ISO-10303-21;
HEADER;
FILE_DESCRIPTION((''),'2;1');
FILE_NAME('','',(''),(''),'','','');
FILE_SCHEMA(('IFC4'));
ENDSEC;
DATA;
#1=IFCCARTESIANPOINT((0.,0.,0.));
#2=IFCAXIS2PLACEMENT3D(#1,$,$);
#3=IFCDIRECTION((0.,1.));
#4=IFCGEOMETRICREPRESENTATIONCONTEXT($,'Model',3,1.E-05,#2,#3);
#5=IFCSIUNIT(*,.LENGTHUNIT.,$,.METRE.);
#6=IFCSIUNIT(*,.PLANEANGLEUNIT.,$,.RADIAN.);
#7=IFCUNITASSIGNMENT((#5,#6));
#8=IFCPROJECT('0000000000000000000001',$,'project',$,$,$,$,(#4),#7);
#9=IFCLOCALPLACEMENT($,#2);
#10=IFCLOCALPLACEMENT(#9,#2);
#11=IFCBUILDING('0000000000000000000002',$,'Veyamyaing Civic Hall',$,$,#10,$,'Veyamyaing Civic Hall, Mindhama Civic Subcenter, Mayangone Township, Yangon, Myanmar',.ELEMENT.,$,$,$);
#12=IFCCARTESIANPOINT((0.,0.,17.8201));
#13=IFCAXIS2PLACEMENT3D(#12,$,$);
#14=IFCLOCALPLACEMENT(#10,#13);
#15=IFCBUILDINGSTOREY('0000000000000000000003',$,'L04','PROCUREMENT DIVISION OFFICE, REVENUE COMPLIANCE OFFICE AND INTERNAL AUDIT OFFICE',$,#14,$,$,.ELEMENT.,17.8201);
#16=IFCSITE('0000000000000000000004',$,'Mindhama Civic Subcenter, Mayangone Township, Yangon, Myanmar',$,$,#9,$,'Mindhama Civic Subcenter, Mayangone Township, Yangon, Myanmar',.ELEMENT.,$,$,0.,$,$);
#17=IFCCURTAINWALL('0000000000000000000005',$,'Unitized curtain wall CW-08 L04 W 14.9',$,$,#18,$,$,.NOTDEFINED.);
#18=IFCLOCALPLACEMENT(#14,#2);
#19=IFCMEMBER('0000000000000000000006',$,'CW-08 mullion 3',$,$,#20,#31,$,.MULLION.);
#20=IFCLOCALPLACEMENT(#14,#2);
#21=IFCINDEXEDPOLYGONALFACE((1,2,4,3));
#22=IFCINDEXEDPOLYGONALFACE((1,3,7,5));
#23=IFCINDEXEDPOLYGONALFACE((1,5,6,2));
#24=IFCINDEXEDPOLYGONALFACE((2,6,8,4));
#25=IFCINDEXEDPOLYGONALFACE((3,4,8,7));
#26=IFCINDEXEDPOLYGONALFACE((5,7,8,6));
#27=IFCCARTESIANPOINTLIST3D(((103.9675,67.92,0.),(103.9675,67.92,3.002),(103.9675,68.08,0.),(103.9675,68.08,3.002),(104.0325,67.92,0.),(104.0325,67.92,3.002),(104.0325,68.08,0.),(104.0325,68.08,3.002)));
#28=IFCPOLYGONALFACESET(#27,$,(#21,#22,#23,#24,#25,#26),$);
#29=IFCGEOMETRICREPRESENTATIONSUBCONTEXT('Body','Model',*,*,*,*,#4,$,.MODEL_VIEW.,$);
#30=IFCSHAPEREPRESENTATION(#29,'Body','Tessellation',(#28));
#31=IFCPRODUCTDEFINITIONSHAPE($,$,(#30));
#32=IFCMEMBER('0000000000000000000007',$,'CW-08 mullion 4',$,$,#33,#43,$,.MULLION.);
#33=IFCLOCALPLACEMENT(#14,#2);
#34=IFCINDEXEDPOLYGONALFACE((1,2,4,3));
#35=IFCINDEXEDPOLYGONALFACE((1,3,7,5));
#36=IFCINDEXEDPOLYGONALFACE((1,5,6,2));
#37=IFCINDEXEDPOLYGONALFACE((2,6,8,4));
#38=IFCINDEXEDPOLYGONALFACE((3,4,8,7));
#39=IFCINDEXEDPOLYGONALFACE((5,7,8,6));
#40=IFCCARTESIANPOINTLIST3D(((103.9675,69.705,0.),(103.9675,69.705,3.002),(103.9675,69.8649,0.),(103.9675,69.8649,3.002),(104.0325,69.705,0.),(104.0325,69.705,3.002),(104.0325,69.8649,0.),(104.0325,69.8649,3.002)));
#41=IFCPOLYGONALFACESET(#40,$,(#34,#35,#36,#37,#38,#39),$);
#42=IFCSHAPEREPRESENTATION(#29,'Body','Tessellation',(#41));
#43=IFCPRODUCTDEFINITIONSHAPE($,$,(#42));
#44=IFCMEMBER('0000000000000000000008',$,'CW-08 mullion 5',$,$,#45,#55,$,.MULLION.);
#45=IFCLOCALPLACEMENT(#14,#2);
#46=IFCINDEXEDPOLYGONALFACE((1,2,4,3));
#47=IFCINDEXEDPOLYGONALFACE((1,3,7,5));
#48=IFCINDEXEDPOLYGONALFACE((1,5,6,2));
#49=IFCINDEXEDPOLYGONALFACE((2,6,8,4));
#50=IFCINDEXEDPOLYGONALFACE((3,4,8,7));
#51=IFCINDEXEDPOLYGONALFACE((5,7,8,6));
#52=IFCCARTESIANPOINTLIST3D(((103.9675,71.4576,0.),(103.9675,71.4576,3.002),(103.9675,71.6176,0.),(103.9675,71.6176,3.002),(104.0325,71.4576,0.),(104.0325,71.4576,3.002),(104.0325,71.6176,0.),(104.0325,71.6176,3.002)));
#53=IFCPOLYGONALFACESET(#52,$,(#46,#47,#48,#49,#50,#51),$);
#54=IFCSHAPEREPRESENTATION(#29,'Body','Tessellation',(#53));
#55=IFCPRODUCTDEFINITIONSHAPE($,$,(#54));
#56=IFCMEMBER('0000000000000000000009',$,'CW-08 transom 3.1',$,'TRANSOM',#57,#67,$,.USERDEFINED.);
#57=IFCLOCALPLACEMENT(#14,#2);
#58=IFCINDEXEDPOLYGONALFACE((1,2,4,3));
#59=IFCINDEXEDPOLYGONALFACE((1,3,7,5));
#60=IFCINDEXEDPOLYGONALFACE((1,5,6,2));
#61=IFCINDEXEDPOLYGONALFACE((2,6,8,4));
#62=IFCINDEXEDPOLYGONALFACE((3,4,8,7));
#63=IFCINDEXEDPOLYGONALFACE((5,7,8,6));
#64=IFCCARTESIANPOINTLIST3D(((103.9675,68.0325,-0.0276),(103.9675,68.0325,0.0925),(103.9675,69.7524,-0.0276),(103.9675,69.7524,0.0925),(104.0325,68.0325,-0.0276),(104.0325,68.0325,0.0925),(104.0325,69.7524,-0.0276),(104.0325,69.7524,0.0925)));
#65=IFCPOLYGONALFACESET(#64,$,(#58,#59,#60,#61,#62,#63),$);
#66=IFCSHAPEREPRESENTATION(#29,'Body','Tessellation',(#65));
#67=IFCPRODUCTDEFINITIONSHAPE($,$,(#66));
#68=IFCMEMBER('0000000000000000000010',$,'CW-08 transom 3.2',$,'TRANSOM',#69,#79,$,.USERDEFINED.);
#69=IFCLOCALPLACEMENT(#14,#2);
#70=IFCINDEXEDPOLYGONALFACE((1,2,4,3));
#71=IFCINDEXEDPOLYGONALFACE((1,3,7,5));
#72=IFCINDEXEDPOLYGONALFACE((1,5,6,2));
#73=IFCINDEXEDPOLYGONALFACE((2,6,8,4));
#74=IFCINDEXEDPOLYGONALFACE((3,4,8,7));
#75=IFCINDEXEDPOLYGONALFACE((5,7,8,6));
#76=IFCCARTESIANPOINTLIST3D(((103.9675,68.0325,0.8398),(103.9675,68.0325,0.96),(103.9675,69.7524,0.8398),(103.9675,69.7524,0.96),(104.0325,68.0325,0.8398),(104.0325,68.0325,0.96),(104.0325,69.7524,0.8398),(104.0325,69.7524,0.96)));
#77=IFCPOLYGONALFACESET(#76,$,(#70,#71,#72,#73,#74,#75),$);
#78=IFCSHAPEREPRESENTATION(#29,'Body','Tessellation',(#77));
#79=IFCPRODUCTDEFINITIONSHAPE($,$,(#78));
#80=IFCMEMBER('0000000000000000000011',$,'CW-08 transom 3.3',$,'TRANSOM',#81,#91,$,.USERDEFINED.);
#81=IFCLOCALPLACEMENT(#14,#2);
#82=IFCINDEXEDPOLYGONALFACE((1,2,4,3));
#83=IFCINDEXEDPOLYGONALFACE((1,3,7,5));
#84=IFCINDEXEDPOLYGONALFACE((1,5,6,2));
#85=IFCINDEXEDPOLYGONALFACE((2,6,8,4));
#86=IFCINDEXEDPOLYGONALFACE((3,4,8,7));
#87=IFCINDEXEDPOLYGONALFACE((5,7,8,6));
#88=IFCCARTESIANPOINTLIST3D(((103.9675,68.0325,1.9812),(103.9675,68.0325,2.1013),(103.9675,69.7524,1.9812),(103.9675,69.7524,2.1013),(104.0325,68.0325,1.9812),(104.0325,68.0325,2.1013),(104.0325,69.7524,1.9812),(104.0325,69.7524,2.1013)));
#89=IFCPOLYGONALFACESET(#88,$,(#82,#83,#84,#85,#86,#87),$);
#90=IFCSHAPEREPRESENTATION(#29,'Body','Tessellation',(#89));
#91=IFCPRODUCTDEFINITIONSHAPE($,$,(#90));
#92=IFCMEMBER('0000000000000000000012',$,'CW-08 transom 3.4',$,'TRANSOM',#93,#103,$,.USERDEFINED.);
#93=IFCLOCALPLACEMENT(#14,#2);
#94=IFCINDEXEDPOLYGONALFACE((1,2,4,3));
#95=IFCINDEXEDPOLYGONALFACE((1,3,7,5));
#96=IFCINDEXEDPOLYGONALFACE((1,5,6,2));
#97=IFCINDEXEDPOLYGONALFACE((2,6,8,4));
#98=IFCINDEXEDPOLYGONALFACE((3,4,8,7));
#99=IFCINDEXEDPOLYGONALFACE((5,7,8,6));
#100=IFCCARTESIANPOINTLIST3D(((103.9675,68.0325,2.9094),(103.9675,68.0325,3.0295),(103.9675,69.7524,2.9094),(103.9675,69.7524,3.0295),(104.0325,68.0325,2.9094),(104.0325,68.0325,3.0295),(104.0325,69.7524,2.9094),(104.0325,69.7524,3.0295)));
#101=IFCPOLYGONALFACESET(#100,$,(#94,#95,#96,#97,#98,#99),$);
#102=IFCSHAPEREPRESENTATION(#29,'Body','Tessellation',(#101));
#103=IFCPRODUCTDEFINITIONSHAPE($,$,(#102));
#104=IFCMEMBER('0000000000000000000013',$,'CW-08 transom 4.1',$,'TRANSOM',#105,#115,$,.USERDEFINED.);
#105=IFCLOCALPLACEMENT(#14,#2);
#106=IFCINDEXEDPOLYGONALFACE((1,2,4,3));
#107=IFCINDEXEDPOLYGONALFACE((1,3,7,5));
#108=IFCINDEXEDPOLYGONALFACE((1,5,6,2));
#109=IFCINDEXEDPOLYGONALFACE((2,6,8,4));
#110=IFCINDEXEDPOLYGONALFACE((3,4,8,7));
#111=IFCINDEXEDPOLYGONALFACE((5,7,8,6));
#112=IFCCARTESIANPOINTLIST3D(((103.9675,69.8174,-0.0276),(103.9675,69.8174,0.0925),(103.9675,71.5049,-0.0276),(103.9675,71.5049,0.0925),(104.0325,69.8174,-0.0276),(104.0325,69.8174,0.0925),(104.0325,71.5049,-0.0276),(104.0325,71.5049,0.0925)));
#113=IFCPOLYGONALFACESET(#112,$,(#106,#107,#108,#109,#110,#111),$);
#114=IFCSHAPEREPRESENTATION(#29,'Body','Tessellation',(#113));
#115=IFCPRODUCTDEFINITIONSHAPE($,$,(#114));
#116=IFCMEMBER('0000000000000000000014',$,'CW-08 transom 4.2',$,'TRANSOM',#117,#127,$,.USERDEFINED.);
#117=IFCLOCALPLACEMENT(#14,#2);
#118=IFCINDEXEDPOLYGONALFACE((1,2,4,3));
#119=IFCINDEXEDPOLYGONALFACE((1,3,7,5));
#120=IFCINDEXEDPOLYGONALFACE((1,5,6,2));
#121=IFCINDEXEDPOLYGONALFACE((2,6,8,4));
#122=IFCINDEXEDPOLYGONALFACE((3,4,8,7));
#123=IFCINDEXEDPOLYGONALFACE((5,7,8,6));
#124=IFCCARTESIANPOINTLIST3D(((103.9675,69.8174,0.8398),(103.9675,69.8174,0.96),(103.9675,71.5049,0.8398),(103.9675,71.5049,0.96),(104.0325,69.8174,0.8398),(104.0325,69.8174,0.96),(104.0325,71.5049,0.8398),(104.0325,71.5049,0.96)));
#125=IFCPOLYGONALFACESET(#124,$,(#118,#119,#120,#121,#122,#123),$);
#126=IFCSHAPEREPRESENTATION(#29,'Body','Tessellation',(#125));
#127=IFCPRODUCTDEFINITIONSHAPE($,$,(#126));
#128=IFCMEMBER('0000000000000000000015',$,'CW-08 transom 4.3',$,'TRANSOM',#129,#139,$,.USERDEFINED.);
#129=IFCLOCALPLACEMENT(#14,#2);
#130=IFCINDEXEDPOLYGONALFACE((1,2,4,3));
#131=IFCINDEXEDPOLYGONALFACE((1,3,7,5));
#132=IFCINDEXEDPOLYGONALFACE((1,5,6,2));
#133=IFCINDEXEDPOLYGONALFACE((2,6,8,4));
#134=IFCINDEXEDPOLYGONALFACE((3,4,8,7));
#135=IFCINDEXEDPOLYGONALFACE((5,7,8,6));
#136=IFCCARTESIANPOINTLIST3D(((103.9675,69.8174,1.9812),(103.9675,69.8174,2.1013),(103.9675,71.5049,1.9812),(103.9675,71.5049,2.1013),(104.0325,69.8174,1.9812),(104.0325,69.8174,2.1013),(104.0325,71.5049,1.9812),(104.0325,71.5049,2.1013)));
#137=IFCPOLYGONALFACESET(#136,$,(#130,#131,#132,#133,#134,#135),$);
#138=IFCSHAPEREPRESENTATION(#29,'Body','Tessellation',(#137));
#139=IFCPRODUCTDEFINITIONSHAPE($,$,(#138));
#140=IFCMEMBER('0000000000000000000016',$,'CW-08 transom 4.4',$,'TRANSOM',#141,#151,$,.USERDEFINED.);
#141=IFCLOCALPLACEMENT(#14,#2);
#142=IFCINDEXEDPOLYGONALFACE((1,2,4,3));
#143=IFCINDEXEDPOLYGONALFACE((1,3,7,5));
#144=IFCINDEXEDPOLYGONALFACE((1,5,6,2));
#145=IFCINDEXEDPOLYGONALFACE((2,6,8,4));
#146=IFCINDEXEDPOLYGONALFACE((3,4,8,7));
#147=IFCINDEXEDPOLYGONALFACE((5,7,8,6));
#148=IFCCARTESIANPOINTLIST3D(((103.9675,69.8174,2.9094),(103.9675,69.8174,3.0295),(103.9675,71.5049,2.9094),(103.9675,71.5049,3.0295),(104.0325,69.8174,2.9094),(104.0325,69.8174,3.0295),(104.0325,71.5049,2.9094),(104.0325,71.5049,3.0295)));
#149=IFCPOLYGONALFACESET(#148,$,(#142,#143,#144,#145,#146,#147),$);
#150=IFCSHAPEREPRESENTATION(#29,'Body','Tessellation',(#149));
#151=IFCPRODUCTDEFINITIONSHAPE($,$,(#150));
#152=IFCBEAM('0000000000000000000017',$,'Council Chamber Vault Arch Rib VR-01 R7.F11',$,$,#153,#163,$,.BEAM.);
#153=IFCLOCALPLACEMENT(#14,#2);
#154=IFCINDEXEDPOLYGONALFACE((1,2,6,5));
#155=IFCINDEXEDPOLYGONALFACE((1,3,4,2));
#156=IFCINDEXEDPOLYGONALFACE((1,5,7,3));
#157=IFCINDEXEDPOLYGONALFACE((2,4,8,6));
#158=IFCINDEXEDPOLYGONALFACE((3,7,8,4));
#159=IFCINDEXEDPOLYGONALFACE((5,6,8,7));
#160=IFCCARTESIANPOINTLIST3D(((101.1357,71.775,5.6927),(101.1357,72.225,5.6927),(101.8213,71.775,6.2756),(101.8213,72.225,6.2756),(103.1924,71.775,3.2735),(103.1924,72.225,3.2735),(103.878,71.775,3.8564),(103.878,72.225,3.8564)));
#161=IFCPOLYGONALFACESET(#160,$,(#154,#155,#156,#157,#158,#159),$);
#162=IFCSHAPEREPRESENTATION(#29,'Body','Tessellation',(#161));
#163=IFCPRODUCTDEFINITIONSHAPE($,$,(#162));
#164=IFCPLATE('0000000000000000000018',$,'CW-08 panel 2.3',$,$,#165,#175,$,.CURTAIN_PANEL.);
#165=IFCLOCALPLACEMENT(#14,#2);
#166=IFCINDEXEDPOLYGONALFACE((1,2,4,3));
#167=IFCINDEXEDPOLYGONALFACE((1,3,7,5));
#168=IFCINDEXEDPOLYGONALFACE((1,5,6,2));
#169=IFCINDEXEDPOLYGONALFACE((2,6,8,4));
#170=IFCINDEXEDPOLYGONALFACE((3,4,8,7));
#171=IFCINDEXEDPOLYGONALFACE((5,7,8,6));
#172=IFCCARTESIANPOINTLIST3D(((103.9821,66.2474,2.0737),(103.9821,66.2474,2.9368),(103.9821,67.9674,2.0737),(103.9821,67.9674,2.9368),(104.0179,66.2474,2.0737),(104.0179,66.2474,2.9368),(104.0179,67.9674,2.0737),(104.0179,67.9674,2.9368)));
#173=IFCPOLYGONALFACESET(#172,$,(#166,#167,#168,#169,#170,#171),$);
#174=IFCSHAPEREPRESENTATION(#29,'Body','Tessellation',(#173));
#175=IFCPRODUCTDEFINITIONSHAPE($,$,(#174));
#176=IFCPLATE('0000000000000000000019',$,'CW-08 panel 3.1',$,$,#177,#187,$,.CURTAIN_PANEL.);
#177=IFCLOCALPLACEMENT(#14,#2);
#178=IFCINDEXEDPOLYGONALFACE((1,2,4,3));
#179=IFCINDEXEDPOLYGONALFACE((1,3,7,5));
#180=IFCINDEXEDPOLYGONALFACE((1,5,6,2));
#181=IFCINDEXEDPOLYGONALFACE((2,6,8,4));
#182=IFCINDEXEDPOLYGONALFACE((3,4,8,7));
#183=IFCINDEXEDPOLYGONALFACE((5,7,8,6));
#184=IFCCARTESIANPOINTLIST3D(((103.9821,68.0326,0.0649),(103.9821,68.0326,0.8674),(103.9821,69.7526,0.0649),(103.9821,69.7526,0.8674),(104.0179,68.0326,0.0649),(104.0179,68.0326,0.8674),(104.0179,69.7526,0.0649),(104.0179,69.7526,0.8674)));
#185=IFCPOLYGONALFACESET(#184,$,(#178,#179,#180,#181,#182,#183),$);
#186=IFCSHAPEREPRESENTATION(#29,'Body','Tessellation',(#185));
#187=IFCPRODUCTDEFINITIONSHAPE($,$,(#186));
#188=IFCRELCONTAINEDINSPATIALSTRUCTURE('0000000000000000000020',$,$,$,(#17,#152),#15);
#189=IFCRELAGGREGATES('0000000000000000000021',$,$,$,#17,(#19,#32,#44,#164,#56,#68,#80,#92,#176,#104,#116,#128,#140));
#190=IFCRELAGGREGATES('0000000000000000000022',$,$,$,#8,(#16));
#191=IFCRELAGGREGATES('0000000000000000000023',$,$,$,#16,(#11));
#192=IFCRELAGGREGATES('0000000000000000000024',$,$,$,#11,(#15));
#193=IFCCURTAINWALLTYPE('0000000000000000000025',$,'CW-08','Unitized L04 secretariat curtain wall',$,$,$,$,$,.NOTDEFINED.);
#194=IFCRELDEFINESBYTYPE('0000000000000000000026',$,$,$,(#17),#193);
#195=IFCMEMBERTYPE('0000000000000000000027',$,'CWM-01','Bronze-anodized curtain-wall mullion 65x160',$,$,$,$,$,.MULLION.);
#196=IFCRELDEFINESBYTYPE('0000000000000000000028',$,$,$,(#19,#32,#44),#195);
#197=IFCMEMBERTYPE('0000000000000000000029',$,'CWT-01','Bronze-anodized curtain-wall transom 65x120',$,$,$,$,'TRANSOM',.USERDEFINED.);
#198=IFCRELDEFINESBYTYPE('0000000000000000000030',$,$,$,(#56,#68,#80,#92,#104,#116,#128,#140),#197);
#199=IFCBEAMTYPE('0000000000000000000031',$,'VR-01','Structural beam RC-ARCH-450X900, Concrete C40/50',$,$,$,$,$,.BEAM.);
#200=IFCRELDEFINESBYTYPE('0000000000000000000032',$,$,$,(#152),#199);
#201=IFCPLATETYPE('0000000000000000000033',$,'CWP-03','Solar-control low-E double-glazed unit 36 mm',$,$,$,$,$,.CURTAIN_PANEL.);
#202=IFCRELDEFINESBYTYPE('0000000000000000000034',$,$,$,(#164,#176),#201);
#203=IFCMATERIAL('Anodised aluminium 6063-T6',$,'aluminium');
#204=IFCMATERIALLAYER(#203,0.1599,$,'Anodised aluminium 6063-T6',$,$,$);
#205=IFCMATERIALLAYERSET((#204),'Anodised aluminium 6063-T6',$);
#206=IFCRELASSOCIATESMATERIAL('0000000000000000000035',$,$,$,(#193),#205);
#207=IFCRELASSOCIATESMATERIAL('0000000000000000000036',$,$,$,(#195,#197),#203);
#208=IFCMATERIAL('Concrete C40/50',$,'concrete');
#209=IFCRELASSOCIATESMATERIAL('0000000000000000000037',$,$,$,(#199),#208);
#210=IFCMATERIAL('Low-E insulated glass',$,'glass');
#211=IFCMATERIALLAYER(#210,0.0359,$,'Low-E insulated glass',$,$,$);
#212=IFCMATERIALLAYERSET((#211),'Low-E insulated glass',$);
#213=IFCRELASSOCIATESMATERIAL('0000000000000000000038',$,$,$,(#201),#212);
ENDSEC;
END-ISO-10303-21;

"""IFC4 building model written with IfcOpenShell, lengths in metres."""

from ifc_helpers import new_model, si_unit, direction, frame, origin, origin_2d, place, context, subcontext, project, spatial, rectangle, extrude, material, layer, layer_set, material_profile, profile_set, type_object, element, aggregate, save


model = new_model("IFC4")

# Units and contexts
model_context = context("Model", 3, precision=1e-05, world=origin(), true_north=direction((0.0, 1.0)))
body_context = subcontext(model_context, "Body", "Model", "MODEL_VIEW")
ifc_project = project(units=[si_unit("LENGTHUNIT", "METRE"), si_unit("PLANEANGLEUNIT", "RADIAN")], contexts=[model_context])

# Site, building, storey
site_placement = place(None, origin())
site = spatial("IfcSite", under=ifc_project, at=site_placement, Name="Mindhama Civic Subcenter, Mayangone Township, Yangon, Myanmar", LongName="Mindhama Civic Subcenter, Mayangone Township, Yangon, Myanmar", CompositionType="ELEMENT", RefElevation=0.0)
building_placement = place(site_placement, origin())
building = spatial("IfcBuilding", under=site, at=building_placement, Name="Veyamyaing Civic Hall", LongName="Veyamyaing Civic Hall, Mindhama Civic Subcenter, Mayangone Township, Yangon, Myanmar", CompositionType="ELEMENT")
storey_placement = place(building_placement, frame((0.0, 0.0, 17.8201)))
storey = spatial("IfcBuildingStorey", under=building, at=storey_placement, Name="L04", Description="PROCUREMENT DIVISION OFFICE, REVENUE COMPLIANCE OFFICE AND INTERNAL AUDIT OFFICE", CompositionType="ELEMENT", Elevation=17.8201)

# Curtain wall, members
ifc_material_1 = material(Name="Anodised aluminium 6063-T6", Category="aluminium")
ifc_layer_1 = layer(ifc_material_1, 0.1599, Name="Anodised aluminium 6063-T6")
ifc_layer_set_1 = layer_set([ifc_layer_1], Name="Anodised aluminium 6063-T6")
curtain_wall_type = type_object("IfcCurtainWallType", Name="CW-08", Description="Unitized L04 secretariat curtain wall", PredefinedType="NOTDEFINED", material=ifc_layer_set_1)
curtain_wall_placement = place(storey_placement, origin())
curtain_wall = element("IfcCurtainWall", 1, at=curtain_wall_placement, inside=storey, type_object=curtain_wall_type, Name="Unitized curtain wall CW-08 L04 W 14.9", PredefinedType="NOTDEFINED")
ifc_material_profile_1 = material_profile(ifc_material_1, rectangle(XDim=0.0649, YDim=0.1599, at=origin_2d()), Name="ALU-MUL-65X160")
ifc_profile_set_1 = profile_set([ifc_material_profile_1], Name="Anodised aluminium 6063-T6")
member_type_1 = type_object("IfcMemberType", Name="CWM-01", Description="Bronze-anodized curtain-wall mullion 65x160", PredefinedType="MULLION", material=ifc_profile_set_1)
member_1_placement = place(storey_placement, frame((104.0, 68.0, 0.0), z_axis=(0.0, 0.0, 1.0), x_axis=(-1.0, 0.0, 0.0)))
member_1 = element("IfcMember", 2, at=member_1_placement, type_object=member_type_1, Name="CW-08 mullion 3", PredefinedType="MULLION", context=body_context, shape_type="SweptSolid", body=[
    extrude(rectangle(XDim=0.0649, YDim=0.1599, at=origin_2d()), origin(), (0.0, 0.0, 1.0), 3.002),
])
member_2_placement = place(storey_placement, frame((104.0, 69.7849, 0.0), z_axis=(0.0, 0.0, 1.0), x_axis=(-1.0, 0.0, 0.0)))
member_2 = element("IfcMember", 3, at=member_2_placement, type_object=member_type_1, Name="CW-08 mullion 4", PredefinedType="MULLION", context=body_context, shape_type="SweptSolid", body=[
    extrude(rectangle(XDim=0.0649, YDim=0.1599, at=origin_2d()), origin(), (0.0, 0.0, 1.0), 3.002),
])
member_3_placement = place(storey_placement, frame((104.0, 71.5376, 0.0), z_axis=(0.0, 0.0, 1.0), x_axis=(-1.0, 0.0, 0.0)))
member_3 = element("IfcMember", 4, at=member_3_placement, type_object=member_type_1, Name="CW-08 mullion 5", PredefinedType="MULLION", context=body_context, shape_type="SweptSolid", body=[
    extrude(rectangle(XDim=0.0649, YDim=0.1599, at=origin_2d()), origin(), (0.0, 0.0, 1.0), 3.002),
])
ifc_material_profile_2 = material_profile(ifc_material_1, rectangle(XDim=0.0649, YDim=0.1201, at=origin_2d()), Name="ALU-TRN-65X120")
ifc_profile_set_2 = profile_set([ifc_material_profile_2], Name="Anodised aluminium 6063-T6")
member_type_2 = type_object("IfcMemberType", Name="CWT-01", Description="Bronze-anodized curtain-wall transom 65x120", ElementType="TRANSOM", PredefinedType="USERDEFINED", material=ifc_profile_set_2)
member_4_placement = place(storey_placement, frame((104.0, 68.0325, 0.0325), z_axis=(0.0, 1.0, 0.0), x_axis=(-1.0, 0.0, 0.0)))
member_4 = element("IfcMember", 5, at=member_4_placement, type_object=member_type_2, Name="CW-08 transom 3.1", ObjectType="TRANSOM", PredefinedType="USERDEFINED", context=body_context, shape_type="SweptSolid", body=[
    extrude(rectangle(XDim=0.0649, YDim=0.1201, at=origin_2d()), origin(), (0.0, 0.0, 1.0), 1.72),
])
member_5_placement = place(storey_placement, frame((104.0, 68.0325, 0.8999), z_axis=(0.0, 1.0, 0.0), x_axis=(-1.0, 0.0, 0.0)))
member_5 = element("IfcMember", 6, at=member_5_placement, type_object=member_type_2, Name="CW-08 transom 3.2", ObjectType="TRANSOM", PredefinedType="USERDEFINED", context=body_context, shape_type="SweptSolid", body=[
    extrude(rectangle(XDim=0.0649, YDim=0.1201, at=origin_2d()), origin(), (0.0, 0.0, 1.0), 1.72),
])
member_6_placement = place(storey_placement, frame((104.0, 68.0325, 2.0413), z_axis=(0.0, 1.0, 0.0), x_axis=(-1.0, 0.0, 0.0)))
member_6 = element("IfcMember", 7, at=member_6_placement, type_object=member_type_2, Name="CW-08 transom 3.3", ObjectType="TRANSOM", PredefinedType="USERDEFINED", context=body_context, shape_type="SweptSolid", body=[
    extrude(rectangle(XDim=0.0649, YDim=0.1201, at=origin_2d()), origin(), (0.0, 0.0, 1.0), 1.72),
])
member_7_placement = place(storey_placement, frame((104.0, 68.0325, 2.9695), z_axis=(0.0, 1.0, 0.0), x_axis=(-1.0, 0.0, 0.0)))
member_7 = element("IfcMember", 8, at=member_7_placement, type_object=member_type_2, Name="CW-08 transom 3.4", ObjectType="TRANSOM", PredefinedType="USERDEFINED", context=body_context, shape_type="SweptSolid", body=[
    extrude(rectangle(XDim=0.0649, YDim=0.1201, at=origin_2d()), origin(), (0.0, 0.0, 1.0), 1.72),
])
member_8_placement = place(storey_placement, frame((104.0, 69.8174, 0.0325), z_axis=(0.0, 1.0, 0.0), x_axis=(-1.0, 0.0, 0.0)))
member_8 = element("IfcMember", 9, at=member_8_placement, type_object=member_type_2, Name="CW-08 transom 4.1", ObjectType="TRANSOM", PredefinedType="USERDEFINED", context=body_context, shape_type="SweptSolid", body=[
    extrude(rectangle(XDim=0.0649, YDim=0.1201, at=origin_2d()), origin(), (0.0, 0.0, 1.0), 1.6875),
])
member_9_placement = place(storey_placement, frame((104.0, 69.8174, 0.8999), z_axis=(0.0, 1.0, 0.0), x_axis=(-1.0, 0.0, 0.0)))
member_9 = element("IfcMember", 10, at=member_9_placement, type_object=member_type_2, Name="CW-08 transom 4.2", ObjectType="TRANSOM", PredefinedType="USERDEFINED", context=body_context, shape_type="SweptSolid", body=[
    extrude(rectangle(XDim=0.0649, YDim=0.1201, at=origin_2d()), origin(), (0.0, 0.0, 1.0), 1.6875),
])
member_10_placement = place(storey_placement, frame((104.0, 69.8174, 2.0413), z_axis=(0.0, 1.0, 0.0), x_axis=(-1.0, 0.0, 0.0)))
member_10 = element("IfcMember", 11, at=member_10_placement, type_object=member_type_2, Name="CW-08 transom 4.3", ObjectType="TRANSOM", PredefinedType="USERDEFINED", context=body_context, shape_type="SweptSolid", body=[
    extrude(rectangle(XDim=0.0649, YDim=0.1201, at=origin_2d()), origin(), (0.0, 0.0, 1.0), 1.6875),
])
member_11_placement = place(storey_placement, frame((104.0, 69.8174, 2.9695), z_axis=(0.0, 1.0, 0.0), x_axis=(-1.0, 0.0, 0.0)))
member_11 = element("IfcMember", 12, at=member_11_placement, type_object=member_type_2, Name="CW-08 transom 4.4", ObjectType="TRANSOM", PredefinedType="USERDEFINED", context=body_context, shape_type="SweptSolid", body=[
    extrude(rectangle(XDim=0.0649, YDim=0.1201, at=origin_2d()), origin(), (0.0, 0.0, 1.0), 1.6875),
])

# Beam
ifc_material_2 = material(Name="Concrete C40/50", Category="concrete")
ifc_material_profile_3 = material_profile(ifc_material_2, rectangle(XDim=0.45, YDim=0.8999, at=origin_2d()), Name="RC-ARCH-450X900")
ifc_profile_set_3 = profile_set([ifc_material_profile_3], Name="Concrete C40/50")
beam_type = type_object("IfcBeamType", Name="VR-01", Description="Structural beam RC-ARCH-450X900, Concrete C40/50", PredefinedType="BEAM", material=ifc_profile_set_3)
beam_placement = place(storey_placement, frame((101.4785, 72.0, 5.9841), z_axis=(0.647709, 0.0, -0.761888), x_axis=(0.0, 1.0, 0.0)))
element("IfcBeam", 13, at=beam_placement, inside=storey, type_object=beam_type, Name="Council Chamber Vault Arch Rib VR-01 R7.F11", PredefinedType="BEAM", context=body_context, shape_type="SweptSolid", body=[
    extrude(rectangle(XDim=0.45, YDim=0.8999, at=origin_2d()), origin(), (0.0, 0.0, 1.0), 3.1753),
])

# Plates
ifc_material_3 = material(Name="Low-E insulated glass", Category="glass")
ifc_layer_2 = layer(ifc_material_3, 0.0359, Name="Low-E insulated glass")
ifc_layer_set_2 = layer_set([ifc_layer_2], Name="Low-E insulated glass")
plate_type = type_object("IfcPlateType", Name="CWP-03", Description="Solar-control low-E double-glazed unit 36 mm", PredefinedType="CURTAIN_PANEL", material=ifc_layer_set_2)
plate_1_placement = place(storey_placement, frame((104.0, 67.1074, 2.0737), z_axis=(0.0, 0.0, 1.0), x_axis=(0.0, 1.0, 0.0)))
plate_1 = element("IfcPlate", 14, at=plate_1_placement, type_object=plate_type, Name="CW-08 panel 2.3", PredefinedType="CURTAIN_PANEL", context=body_context, shape_type="SweptSolid", body=[
    extrude(rectangle(XDim=1.72, YDim=0.0359, at=origin_2d()), origin(), (0.0, 0.0, 1.0), 0.863),
])
plate_2_placement = place(storey_placement, frame((104.0, 68.8926, 0.0649), z_axis=(0.0, 0.0, 1.0), x_axis=(0.0, 1.0, 0.0)))
plate_2 = element("IfcPlate", 15, at=plate_2_placement, type_object=plate_type, Name="CW-08 panel 3.1", PredefinedType="CURTAIN_PANEL", context=body_context, shape_type="SweptSolid", body=[
    extrude(rectangle(XDim=1.72, YDim=0.0359, at=origin_2d()), origin(), (0.0, 0.0, 1.0), 0.8025),
])
aggregate(curtain_wall, [member_1, member_2, member_3, plate_1, member_4, member_5, member_6, member_7, plate_2, member_8, member_9, member_10, member_11])

save(model, "model.ifc")
